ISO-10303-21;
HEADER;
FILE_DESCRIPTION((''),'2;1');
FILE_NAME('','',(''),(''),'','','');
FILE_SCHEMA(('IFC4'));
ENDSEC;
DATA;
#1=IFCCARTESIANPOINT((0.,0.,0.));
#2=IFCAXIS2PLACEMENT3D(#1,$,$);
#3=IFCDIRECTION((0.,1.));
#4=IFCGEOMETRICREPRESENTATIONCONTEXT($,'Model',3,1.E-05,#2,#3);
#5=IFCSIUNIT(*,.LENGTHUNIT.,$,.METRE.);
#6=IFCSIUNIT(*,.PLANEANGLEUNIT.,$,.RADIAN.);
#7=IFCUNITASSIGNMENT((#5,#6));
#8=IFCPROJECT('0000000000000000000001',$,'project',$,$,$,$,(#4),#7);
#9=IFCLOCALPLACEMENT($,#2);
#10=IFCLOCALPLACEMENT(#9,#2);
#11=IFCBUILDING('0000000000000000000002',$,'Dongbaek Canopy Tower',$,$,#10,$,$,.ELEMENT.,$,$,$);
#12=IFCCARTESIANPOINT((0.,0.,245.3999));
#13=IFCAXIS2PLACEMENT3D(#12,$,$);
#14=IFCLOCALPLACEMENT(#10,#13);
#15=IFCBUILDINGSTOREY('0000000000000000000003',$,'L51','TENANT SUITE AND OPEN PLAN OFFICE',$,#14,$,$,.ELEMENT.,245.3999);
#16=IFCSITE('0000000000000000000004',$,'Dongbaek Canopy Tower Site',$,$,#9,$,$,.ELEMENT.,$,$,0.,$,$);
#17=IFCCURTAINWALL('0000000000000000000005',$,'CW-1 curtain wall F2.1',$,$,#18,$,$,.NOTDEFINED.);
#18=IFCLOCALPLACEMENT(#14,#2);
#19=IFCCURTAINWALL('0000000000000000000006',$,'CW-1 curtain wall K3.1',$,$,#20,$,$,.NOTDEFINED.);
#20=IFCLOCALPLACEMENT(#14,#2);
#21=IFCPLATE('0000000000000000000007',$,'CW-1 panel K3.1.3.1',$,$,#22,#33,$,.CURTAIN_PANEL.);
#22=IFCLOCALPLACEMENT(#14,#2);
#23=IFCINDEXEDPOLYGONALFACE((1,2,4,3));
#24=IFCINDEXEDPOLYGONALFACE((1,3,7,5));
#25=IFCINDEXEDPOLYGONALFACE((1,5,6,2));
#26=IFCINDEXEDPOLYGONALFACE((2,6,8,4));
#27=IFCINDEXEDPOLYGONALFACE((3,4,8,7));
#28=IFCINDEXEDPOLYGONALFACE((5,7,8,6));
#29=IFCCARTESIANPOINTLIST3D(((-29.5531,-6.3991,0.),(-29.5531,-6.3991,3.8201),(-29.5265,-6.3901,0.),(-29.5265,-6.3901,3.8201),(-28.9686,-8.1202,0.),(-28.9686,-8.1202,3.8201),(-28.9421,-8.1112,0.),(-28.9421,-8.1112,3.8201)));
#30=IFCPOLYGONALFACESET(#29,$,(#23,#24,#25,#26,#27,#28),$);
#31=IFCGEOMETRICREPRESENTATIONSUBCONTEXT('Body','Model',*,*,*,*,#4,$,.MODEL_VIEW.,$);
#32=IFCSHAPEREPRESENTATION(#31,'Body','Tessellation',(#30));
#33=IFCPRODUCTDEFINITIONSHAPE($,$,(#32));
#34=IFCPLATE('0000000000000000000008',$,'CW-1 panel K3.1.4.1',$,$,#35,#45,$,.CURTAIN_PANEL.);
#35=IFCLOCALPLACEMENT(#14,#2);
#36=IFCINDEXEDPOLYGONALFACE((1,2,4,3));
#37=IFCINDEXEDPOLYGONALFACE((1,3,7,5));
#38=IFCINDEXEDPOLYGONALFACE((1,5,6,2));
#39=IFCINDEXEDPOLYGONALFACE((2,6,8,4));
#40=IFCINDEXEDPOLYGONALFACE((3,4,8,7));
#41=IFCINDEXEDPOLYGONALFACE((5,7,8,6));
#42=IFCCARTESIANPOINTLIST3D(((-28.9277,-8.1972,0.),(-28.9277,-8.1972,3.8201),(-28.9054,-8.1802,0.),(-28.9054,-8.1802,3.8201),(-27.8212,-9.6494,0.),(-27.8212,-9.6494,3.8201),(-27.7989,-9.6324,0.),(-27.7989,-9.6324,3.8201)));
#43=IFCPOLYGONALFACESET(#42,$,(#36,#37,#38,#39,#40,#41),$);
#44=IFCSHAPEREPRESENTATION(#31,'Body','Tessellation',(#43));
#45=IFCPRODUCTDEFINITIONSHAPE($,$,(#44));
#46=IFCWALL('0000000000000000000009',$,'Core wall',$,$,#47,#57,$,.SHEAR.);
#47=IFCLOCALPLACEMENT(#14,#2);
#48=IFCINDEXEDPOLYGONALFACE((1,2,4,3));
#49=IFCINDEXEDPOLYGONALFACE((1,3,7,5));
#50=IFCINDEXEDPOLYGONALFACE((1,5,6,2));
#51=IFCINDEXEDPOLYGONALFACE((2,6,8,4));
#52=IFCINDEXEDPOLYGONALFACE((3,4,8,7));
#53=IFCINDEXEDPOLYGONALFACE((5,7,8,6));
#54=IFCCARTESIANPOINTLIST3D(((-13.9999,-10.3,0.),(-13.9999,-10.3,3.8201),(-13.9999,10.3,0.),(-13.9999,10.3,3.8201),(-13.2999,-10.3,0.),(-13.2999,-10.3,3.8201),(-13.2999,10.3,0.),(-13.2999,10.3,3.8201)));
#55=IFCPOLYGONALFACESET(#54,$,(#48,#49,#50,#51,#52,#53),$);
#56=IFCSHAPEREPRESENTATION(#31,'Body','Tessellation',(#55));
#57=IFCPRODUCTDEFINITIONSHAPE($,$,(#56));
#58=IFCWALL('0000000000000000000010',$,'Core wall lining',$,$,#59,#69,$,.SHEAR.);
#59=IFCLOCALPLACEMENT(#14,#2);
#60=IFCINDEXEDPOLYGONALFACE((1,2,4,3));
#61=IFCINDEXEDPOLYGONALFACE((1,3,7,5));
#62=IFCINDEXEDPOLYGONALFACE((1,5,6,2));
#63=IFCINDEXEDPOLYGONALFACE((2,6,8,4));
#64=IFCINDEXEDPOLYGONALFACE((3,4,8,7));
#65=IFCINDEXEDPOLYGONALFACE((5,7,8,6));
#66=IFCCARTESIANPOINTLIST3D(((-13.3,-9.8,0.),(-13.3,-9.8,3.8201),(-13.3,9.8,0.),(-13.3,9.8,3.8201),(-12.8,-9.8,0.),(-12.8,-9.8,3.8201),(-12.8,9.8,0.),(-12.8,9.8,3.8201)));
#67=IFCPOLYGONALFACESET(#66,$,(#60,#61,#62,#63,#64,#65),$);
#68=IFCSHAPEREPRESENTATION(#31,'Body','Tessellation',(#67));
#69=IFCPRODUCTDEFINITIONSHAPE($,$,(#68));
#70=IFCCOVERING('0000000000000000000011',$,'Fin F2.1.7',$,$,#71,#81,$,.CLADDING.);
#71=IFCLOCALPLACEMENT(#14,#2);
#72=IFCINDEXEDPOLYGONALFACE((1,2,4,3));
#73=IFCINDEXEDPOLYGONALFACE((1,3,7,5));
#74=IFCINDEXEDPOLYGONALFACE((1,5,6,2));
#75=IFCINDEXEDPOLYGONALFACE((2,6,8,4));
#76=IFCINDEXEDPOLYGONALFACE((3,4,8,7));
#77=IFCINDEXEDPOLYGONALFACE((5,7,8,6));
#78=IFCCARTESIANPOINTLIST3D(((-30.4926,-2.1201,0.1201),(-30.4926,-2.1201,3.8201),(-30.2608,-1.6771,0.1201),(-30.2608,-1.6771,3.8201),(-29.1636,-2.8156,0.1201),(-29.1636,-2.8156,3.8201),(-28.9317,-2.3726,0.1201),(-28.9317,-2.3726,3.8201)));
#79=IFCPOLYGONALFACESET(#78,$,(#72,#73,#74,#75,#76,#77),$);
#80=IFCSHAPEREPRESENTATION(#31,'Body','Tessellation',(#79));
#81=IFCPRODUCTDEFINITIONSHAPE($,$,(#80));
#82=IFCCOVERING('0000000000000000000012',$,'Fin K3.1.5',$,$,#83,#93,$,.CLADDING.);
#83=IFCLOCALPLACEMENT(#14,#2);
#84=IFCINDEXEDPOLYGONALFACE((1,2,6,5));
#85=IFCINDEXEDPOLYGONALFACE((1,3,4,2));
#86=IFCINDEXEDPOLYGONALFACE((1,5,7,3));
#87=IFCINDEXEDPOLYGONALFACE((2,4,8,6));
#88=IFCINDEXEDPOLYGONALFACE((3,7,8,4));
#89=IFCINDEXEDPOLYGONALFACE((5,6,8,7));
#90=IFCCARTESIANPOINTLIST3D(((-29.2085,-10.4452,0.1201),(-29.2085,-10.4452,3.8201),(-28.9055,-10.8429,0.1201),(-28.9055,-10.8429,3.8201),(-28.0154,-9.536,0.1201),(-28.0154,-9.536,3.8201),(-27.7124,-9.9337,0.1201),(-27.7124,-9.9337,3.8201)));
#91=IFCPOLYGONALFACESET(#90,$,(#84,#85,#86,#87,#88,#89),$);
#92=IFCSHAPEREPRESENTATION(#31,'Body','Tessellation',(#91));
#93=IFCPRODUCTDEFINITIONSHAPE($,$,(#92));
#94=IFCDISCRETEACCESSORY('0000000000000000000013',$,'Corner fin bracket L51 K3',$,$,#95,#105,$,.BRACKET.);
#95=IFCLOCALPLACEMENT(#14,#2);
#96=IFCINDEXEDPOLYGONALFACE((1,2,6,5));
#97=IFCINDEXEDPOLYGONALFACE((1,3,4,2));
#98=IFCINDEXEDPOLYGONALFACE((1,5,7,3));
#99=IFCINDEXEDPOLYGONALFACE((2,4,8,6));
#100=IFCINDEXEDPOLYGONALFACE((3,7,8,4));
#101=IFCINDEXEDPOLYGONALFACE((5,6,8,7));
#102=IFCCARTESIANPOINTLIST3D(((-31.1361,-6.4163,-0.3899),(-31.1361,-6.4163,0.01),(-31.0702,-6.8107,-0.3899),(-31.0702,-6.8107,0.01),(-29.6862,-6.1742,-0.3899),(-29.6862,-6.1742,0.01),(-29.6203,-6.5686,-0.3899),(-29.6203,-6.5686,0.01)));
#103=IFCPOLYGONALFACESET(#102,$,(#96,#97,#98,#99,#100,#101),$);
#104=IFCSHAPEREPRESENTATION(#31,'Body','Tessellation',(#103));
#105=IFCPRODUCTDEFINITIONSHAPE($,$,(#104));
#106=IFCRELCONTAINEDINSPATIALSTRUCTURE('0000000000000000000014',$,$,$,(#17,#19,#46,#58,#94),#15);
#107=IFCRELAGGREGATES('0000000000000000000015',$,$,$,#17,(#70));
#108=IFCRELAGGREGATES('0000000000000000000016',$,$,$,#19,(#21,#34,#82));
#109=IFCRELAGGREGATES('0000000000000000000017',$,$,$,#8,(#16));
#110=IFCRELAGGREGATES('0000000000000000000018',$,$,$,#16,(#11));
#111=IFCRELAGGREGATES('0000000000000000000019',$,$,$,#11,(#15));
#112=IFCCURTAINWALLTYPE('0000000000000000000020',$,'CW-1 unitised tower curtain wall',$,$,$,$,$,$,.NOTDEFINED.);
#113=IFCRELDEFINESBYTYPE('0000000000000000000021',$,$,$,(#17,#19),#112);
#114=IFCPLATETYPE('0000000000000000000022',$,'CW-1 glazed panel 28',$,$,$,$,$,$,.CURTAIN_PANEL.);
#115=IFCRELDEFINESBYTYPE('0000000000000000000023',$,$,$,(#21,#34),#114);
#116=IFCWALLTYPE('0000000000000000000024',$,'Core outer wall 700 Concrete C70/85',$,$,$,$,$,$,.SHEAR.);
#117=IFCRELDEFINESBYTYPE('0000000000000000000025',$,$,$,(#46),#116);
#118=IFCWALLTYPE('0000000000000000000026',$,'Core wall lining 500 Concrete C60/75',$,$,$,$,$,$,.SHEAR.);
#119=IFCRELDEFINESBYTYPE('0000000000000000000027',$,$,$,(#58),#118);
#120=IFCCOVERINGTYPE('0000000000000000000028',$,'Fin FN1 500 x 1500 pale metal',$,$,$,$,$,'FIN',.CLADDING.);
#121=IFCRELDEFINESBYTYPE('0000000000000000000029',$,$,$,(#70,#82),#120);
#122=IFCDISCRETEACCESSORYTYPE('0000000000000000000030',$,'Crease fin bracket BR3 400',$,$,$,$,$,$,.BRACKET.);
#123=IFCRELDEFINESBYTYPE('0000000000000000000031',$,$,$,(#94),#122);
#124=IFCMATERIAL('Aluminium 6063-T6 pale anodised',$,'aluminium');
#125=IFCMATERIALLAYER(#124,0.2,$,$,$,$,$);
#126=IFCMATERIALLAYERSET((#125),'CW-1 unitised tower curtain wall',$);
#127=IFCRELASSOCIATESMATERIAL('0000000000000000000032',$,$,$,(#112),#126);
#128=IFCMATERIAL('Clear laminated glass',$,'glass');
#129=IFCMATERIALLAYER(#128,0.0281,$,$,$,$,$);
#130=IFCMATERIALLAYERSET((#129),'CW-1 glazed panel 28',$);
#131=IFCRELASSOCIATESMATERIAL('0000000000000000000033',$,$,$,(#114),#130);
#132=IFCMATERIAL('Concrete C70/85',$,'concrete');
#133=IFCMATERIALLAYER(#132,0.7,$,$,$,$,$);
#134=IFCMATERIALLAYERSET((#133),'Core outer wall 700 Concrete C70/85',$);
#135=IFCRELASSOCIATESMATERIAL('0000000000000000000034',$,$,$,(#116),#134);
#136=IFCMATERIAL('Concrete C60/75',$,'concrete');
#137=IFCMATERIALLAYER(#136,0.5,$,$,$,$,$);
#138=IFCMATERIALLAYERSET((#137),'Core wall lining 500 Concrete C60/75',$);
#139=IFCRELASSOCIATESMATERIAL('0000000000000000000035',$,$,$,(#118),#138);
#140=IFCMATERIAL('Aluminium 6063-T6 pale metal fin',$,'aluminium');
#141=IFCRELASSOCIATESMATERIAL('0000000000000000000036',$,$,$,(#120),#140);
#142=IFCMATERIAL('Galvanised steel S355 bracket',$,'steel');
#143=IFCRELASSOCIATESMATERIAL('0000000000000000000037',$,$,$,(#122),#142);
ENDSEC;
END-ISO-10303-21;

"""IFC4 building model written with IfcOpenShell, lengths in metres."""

from ifc_helpers import new_model, si_unit, direction, frame, frame_2d, origin, origin_2d, place, context, subcontext, project, spatial, rectangle, extrude, material, layer, layer_set, material_profile, profile_set, type_object, element, aggregate, save


model = new_model("IFC4")

# Units and contexts
model_context = context("Model", 3, precision=1e-05, world=origin(), true_north=direction((0.0, 1.0)))
body_context = subcontext(model_context, "Body", "Model", "MODEL_VIEW")
ifc_project = project(units=[si_unit("LENGTHUNIT", "METRE"), si_unit("PLANEANGLEUNIT", "RADIAN")], contexts=[model_context])

# Site, building, storey
site_placement = place(None, origin())
site = spatial("IfcSite", under=ifc_project, at=site_placement, Name="Dongbaek Canopy Tower Site", CompositionType="ELEMENT", RefElevation=0.0)
building_placement = place(site_placement, origin())
building = spatial("IfcBuilding", under=site, at=building_placement, Name="Dongbaek Canopy Tower", CompositionType="ELEMENT")
storey_placement = place(building_placement, frame((0.0, 0.0, 245.3999)))
storey = spatial("IfcBuildingStorey", under=building, at=storey_placement, Name="L51", Description="TENANT SUITE AND OPEN PLAN OFFICE", CompositionType="ELEMENT", Elevation=245.3999)

# Curtain wall
ifc_material_1 = material(Name="Aluminium 6063-T6 pale anodised", Category="aluminium")
ifc_layer_1 = layer(ifc_material_1, 0.2)
ifc_layer_set_1 = layer_set([ifc_layer_1], Name="CW-1 unitised tower curtain wall")
curtain_wall_type = type_object("IfcCurtainWallType", Name="CW-1 unitised tower curtain wall", PredefinedType="NOTDEFINED", material=ifc_layer_set_1)
curtain_wall_1_placement = place(storey_placement, origin())
curtain_wall_1 = element("IfcCurtainWall", 1, at=curtain_wall_1_placement, inside=storey, type_object=curtain_wall_type, Name="CW-1 curtain wall F2.1", PredefinedType="NOTDEFINED")

# Curtain wall
curtain_wall_2_placement = place(storey_placement, origin())
curtain_wall_2 = element("IfcCurtainWall", 2, at=curtain_wall_2_placement, inside=storey, type_object=curtain_wall_type, Name="CW-1 curtain wall K3.1", PredefinedType="NOTDEFINED")

# Plates
ifc_material_2 = material(Name="Clear laminated glass", Category="glass")
ifc_layer_2 = layer(ifc_material_2, 0.0281)
ifc_layer_set_2 = layer_set([ifc_layer_2], Name="CW-1 glazed panel 28")
plate_type = type_object("IfcPlateType", Name="CW-1 glazed panel 28", PredefinedType="CURTAIN_PANEL", material=ifc_layer_set_2)
plate_1_placement = place(storey_placement, frame((-29.2476, -7.2551, 0.0), z_axis=(0.0, 0.0, 1.0), x_axis=(0.321534, -0.946898, 0.0)))
plate_1 = element("IfcPlate", 3, at=plate_1_placement, type_object=plate_type, Name="CW-1 panel K3.1.3.1", PredefinedType="CURTAIN_PANEL", context=body_context, shape_type="SweptSolid", body=[
    extrude(rectangle(XDim=1.8176, YDim=0.0281, at=origin_2d()), origin(), (0.0, 0.0, 1.0), 3.8201),
])
plate_2_placement = place(storey_placement, frame((-28.3633, -8.9148, 0.0), z_axis=(0.0, 0.0, 1.0), x_axis=(0.606088, -0.795398, 0.0)))
plate_2 = element("IfcPlate", 4, at=plate_2_placement, type_object=plate_type, Name="CW-1 panel K3.1.4.1", PredefinedType="CURTAIN_PANEL", context=body_context, shape_type="SweptSolid", body=[
    extrude(rectangle(XDim=1.8257, YDim=0.0281, at=origin_2d()), origin(), (0.0, 0.0, 1.0), 3.8201),
])

# Walls
ifc_material_3 = material(Name="Concrete C70/85", Category="concrete")
ifc_layer_3 = layer(ifc_material_3, 0.7)
ifc_layer_set_3 = layer_set([ifc_layer_3], Name="Core outer wall 700 Concrete C70/85")
wall_type_1 = type_object("IfcWallType", Name="Core outer wall 700 Concrete C70/85", PredefinedType="SHEAR", material=ifc_layer_set_3)
wall_1_placement = place(storey_placement, frame((-13.6499, -10.3, 0.0), z_axis=(0.0, 0.0, 1.0), x_axis=(0.0, 1.0, 0.0)))
element("IfcWall", 5, at=wall_1_placement, inside=storey, type_object=wall_type_1, Name="Core wall", PredefinedType="SHEAR", context=body_context, shape_type="SweptSolid", body=[
    extrude(rectangle(XDim=20.6001, YDim=0.7, at=frame_2d((10.3, 0.0))), origin(), (0.0, 0.0, 1.0), 3.8201),
])
ifc_material_4 = material(Name="Concrete C60/75", Category="concrete")
ifc_layer_4 = layer(ifc_material_4, 0.5)
ifc_layer_set_4 = layer_set([ifc_layer_4], Name="Core wall lining 500 Concrete C60/75")
wall_type_2 = type_object("IfcWallType", Name="Core wall lining 500 Concrete C60/75", PredefinedType="SHEAR", material=ifc_layer_set_4)
wall_2_placement = place(storey_placement, frame((-13.05, -9.8, 0.0), z_axis=(0.0, 0.0, 1.0), x_axis=(0.0, 1.0, 0.0)))
element("IfcWall", 6, at=wall_2_placement, inside=storey, type_object=wall_type_2, Name="Core wall lining", PredefinedType="SHEAR", context=body_context, shape_type="SweptSolid", body=[
    extrude(rectangle(XDim=19.6001, YDim=0.5, at=frame_2d((9.8, 0.0))), origin(), (0.0, 0.0, 1.0), 3.8201),
])

# Coverings
ifc_material_5 = material(Name="Aluminium 6063-T6 pale metal fin", Category="aluminium")
ifc_material_profile_1 = material_profile(ifc_material_5, rectangle(XDim=1.5, YDim=0.5, at=origin_2d()), Name="Fin FN1 500 x 1500 pale metal")
ifc_profile_set_1 = profile_set([ifc_material_profile_1], Name="Aluminium 6063-T6 pale metal fin")
covering_type = type_object("IfcCoveringType", Name="Fin FN1 500 x 1500 pale metal", ElementType="FIN", PredefinedType="CLADDING", material=ifc_profile_set_1)
covering_1_placement = place(storey_placement, frame((-29.7122, -2.2463, 0.1201), z_axis=(0.0, 0.0, 1.0), x_axis=(-0.886019, 0.463649, 0.0)))
covering_1 = element("IfcCovering", 7, at=covering_1_placement, type_object=covering_type, Name="Fin F2.1.7", PredefinedType="CLADDING", context=body_context, shape_type="SweptSolid", body=[
    extrude(rectangle(XDim=1.5, YDim=0.5, at=origin_2d()), origin(), (0.0, 0.0, 1.0), 3.7),
])
aggregate(curtain_wall_1, [covering_1])
covering_2_placement = place(storey_placement, frame((-28.4604, -10.1895, 0.1201), z_axis=(0.0, 0.0, 1.0), x_axis=(-0.795398, -0.606088, 0.0)))
covering_2 = element("IfcCovering", 8, at=covering_2_placement, type_object=covering_type, Name="Fin K3.1.5", PredefinedType="CLADDING", context=body_context, shape_type="SweptSolid", body=[
    extrude(rectangle(XDim=1.5, YDim=0.5, at=origin_2d()), origin(), (0.0, 0.0, 1.0), 3.7),
])
aggregate(curtain_wall_2, [plate_1, plate_2, covering_2])

# Discrete accessory
ifc_material_6 = material(Name="Galvanised steel S355 bracket", Category="steel")
discrete_accessory_type = type_object("IfcDiscreteAccessoryType", Name="Crease fin bracket BR3 400", PredefinedType="BRACKET", material=ifc_material_6)
discrete_accessory_placement = place(storey_placement, frame((-30.3782, -6.4924, -0.3899), z_axis=(0.0, 0.0, 1.0), x_axis=(-0.986343, -0.164703, 0.0)))
element("IfcDiscreteAccessory", 9, at=discrete_accessory_placement, inside=storey, type_object=discrete_accessory_type, Name="Corner fin bracket L51 K3", PredefinedType="BRACKET", context=body_context, shape_type="SweptSolid", body=[
    extrude(rectangle(XDim=1.47, YDim=0.3999, at=origin_2d()), origin(), (0.0, 0.0, 1.0), 0.3999),
])

save(model, "model.ifc")
